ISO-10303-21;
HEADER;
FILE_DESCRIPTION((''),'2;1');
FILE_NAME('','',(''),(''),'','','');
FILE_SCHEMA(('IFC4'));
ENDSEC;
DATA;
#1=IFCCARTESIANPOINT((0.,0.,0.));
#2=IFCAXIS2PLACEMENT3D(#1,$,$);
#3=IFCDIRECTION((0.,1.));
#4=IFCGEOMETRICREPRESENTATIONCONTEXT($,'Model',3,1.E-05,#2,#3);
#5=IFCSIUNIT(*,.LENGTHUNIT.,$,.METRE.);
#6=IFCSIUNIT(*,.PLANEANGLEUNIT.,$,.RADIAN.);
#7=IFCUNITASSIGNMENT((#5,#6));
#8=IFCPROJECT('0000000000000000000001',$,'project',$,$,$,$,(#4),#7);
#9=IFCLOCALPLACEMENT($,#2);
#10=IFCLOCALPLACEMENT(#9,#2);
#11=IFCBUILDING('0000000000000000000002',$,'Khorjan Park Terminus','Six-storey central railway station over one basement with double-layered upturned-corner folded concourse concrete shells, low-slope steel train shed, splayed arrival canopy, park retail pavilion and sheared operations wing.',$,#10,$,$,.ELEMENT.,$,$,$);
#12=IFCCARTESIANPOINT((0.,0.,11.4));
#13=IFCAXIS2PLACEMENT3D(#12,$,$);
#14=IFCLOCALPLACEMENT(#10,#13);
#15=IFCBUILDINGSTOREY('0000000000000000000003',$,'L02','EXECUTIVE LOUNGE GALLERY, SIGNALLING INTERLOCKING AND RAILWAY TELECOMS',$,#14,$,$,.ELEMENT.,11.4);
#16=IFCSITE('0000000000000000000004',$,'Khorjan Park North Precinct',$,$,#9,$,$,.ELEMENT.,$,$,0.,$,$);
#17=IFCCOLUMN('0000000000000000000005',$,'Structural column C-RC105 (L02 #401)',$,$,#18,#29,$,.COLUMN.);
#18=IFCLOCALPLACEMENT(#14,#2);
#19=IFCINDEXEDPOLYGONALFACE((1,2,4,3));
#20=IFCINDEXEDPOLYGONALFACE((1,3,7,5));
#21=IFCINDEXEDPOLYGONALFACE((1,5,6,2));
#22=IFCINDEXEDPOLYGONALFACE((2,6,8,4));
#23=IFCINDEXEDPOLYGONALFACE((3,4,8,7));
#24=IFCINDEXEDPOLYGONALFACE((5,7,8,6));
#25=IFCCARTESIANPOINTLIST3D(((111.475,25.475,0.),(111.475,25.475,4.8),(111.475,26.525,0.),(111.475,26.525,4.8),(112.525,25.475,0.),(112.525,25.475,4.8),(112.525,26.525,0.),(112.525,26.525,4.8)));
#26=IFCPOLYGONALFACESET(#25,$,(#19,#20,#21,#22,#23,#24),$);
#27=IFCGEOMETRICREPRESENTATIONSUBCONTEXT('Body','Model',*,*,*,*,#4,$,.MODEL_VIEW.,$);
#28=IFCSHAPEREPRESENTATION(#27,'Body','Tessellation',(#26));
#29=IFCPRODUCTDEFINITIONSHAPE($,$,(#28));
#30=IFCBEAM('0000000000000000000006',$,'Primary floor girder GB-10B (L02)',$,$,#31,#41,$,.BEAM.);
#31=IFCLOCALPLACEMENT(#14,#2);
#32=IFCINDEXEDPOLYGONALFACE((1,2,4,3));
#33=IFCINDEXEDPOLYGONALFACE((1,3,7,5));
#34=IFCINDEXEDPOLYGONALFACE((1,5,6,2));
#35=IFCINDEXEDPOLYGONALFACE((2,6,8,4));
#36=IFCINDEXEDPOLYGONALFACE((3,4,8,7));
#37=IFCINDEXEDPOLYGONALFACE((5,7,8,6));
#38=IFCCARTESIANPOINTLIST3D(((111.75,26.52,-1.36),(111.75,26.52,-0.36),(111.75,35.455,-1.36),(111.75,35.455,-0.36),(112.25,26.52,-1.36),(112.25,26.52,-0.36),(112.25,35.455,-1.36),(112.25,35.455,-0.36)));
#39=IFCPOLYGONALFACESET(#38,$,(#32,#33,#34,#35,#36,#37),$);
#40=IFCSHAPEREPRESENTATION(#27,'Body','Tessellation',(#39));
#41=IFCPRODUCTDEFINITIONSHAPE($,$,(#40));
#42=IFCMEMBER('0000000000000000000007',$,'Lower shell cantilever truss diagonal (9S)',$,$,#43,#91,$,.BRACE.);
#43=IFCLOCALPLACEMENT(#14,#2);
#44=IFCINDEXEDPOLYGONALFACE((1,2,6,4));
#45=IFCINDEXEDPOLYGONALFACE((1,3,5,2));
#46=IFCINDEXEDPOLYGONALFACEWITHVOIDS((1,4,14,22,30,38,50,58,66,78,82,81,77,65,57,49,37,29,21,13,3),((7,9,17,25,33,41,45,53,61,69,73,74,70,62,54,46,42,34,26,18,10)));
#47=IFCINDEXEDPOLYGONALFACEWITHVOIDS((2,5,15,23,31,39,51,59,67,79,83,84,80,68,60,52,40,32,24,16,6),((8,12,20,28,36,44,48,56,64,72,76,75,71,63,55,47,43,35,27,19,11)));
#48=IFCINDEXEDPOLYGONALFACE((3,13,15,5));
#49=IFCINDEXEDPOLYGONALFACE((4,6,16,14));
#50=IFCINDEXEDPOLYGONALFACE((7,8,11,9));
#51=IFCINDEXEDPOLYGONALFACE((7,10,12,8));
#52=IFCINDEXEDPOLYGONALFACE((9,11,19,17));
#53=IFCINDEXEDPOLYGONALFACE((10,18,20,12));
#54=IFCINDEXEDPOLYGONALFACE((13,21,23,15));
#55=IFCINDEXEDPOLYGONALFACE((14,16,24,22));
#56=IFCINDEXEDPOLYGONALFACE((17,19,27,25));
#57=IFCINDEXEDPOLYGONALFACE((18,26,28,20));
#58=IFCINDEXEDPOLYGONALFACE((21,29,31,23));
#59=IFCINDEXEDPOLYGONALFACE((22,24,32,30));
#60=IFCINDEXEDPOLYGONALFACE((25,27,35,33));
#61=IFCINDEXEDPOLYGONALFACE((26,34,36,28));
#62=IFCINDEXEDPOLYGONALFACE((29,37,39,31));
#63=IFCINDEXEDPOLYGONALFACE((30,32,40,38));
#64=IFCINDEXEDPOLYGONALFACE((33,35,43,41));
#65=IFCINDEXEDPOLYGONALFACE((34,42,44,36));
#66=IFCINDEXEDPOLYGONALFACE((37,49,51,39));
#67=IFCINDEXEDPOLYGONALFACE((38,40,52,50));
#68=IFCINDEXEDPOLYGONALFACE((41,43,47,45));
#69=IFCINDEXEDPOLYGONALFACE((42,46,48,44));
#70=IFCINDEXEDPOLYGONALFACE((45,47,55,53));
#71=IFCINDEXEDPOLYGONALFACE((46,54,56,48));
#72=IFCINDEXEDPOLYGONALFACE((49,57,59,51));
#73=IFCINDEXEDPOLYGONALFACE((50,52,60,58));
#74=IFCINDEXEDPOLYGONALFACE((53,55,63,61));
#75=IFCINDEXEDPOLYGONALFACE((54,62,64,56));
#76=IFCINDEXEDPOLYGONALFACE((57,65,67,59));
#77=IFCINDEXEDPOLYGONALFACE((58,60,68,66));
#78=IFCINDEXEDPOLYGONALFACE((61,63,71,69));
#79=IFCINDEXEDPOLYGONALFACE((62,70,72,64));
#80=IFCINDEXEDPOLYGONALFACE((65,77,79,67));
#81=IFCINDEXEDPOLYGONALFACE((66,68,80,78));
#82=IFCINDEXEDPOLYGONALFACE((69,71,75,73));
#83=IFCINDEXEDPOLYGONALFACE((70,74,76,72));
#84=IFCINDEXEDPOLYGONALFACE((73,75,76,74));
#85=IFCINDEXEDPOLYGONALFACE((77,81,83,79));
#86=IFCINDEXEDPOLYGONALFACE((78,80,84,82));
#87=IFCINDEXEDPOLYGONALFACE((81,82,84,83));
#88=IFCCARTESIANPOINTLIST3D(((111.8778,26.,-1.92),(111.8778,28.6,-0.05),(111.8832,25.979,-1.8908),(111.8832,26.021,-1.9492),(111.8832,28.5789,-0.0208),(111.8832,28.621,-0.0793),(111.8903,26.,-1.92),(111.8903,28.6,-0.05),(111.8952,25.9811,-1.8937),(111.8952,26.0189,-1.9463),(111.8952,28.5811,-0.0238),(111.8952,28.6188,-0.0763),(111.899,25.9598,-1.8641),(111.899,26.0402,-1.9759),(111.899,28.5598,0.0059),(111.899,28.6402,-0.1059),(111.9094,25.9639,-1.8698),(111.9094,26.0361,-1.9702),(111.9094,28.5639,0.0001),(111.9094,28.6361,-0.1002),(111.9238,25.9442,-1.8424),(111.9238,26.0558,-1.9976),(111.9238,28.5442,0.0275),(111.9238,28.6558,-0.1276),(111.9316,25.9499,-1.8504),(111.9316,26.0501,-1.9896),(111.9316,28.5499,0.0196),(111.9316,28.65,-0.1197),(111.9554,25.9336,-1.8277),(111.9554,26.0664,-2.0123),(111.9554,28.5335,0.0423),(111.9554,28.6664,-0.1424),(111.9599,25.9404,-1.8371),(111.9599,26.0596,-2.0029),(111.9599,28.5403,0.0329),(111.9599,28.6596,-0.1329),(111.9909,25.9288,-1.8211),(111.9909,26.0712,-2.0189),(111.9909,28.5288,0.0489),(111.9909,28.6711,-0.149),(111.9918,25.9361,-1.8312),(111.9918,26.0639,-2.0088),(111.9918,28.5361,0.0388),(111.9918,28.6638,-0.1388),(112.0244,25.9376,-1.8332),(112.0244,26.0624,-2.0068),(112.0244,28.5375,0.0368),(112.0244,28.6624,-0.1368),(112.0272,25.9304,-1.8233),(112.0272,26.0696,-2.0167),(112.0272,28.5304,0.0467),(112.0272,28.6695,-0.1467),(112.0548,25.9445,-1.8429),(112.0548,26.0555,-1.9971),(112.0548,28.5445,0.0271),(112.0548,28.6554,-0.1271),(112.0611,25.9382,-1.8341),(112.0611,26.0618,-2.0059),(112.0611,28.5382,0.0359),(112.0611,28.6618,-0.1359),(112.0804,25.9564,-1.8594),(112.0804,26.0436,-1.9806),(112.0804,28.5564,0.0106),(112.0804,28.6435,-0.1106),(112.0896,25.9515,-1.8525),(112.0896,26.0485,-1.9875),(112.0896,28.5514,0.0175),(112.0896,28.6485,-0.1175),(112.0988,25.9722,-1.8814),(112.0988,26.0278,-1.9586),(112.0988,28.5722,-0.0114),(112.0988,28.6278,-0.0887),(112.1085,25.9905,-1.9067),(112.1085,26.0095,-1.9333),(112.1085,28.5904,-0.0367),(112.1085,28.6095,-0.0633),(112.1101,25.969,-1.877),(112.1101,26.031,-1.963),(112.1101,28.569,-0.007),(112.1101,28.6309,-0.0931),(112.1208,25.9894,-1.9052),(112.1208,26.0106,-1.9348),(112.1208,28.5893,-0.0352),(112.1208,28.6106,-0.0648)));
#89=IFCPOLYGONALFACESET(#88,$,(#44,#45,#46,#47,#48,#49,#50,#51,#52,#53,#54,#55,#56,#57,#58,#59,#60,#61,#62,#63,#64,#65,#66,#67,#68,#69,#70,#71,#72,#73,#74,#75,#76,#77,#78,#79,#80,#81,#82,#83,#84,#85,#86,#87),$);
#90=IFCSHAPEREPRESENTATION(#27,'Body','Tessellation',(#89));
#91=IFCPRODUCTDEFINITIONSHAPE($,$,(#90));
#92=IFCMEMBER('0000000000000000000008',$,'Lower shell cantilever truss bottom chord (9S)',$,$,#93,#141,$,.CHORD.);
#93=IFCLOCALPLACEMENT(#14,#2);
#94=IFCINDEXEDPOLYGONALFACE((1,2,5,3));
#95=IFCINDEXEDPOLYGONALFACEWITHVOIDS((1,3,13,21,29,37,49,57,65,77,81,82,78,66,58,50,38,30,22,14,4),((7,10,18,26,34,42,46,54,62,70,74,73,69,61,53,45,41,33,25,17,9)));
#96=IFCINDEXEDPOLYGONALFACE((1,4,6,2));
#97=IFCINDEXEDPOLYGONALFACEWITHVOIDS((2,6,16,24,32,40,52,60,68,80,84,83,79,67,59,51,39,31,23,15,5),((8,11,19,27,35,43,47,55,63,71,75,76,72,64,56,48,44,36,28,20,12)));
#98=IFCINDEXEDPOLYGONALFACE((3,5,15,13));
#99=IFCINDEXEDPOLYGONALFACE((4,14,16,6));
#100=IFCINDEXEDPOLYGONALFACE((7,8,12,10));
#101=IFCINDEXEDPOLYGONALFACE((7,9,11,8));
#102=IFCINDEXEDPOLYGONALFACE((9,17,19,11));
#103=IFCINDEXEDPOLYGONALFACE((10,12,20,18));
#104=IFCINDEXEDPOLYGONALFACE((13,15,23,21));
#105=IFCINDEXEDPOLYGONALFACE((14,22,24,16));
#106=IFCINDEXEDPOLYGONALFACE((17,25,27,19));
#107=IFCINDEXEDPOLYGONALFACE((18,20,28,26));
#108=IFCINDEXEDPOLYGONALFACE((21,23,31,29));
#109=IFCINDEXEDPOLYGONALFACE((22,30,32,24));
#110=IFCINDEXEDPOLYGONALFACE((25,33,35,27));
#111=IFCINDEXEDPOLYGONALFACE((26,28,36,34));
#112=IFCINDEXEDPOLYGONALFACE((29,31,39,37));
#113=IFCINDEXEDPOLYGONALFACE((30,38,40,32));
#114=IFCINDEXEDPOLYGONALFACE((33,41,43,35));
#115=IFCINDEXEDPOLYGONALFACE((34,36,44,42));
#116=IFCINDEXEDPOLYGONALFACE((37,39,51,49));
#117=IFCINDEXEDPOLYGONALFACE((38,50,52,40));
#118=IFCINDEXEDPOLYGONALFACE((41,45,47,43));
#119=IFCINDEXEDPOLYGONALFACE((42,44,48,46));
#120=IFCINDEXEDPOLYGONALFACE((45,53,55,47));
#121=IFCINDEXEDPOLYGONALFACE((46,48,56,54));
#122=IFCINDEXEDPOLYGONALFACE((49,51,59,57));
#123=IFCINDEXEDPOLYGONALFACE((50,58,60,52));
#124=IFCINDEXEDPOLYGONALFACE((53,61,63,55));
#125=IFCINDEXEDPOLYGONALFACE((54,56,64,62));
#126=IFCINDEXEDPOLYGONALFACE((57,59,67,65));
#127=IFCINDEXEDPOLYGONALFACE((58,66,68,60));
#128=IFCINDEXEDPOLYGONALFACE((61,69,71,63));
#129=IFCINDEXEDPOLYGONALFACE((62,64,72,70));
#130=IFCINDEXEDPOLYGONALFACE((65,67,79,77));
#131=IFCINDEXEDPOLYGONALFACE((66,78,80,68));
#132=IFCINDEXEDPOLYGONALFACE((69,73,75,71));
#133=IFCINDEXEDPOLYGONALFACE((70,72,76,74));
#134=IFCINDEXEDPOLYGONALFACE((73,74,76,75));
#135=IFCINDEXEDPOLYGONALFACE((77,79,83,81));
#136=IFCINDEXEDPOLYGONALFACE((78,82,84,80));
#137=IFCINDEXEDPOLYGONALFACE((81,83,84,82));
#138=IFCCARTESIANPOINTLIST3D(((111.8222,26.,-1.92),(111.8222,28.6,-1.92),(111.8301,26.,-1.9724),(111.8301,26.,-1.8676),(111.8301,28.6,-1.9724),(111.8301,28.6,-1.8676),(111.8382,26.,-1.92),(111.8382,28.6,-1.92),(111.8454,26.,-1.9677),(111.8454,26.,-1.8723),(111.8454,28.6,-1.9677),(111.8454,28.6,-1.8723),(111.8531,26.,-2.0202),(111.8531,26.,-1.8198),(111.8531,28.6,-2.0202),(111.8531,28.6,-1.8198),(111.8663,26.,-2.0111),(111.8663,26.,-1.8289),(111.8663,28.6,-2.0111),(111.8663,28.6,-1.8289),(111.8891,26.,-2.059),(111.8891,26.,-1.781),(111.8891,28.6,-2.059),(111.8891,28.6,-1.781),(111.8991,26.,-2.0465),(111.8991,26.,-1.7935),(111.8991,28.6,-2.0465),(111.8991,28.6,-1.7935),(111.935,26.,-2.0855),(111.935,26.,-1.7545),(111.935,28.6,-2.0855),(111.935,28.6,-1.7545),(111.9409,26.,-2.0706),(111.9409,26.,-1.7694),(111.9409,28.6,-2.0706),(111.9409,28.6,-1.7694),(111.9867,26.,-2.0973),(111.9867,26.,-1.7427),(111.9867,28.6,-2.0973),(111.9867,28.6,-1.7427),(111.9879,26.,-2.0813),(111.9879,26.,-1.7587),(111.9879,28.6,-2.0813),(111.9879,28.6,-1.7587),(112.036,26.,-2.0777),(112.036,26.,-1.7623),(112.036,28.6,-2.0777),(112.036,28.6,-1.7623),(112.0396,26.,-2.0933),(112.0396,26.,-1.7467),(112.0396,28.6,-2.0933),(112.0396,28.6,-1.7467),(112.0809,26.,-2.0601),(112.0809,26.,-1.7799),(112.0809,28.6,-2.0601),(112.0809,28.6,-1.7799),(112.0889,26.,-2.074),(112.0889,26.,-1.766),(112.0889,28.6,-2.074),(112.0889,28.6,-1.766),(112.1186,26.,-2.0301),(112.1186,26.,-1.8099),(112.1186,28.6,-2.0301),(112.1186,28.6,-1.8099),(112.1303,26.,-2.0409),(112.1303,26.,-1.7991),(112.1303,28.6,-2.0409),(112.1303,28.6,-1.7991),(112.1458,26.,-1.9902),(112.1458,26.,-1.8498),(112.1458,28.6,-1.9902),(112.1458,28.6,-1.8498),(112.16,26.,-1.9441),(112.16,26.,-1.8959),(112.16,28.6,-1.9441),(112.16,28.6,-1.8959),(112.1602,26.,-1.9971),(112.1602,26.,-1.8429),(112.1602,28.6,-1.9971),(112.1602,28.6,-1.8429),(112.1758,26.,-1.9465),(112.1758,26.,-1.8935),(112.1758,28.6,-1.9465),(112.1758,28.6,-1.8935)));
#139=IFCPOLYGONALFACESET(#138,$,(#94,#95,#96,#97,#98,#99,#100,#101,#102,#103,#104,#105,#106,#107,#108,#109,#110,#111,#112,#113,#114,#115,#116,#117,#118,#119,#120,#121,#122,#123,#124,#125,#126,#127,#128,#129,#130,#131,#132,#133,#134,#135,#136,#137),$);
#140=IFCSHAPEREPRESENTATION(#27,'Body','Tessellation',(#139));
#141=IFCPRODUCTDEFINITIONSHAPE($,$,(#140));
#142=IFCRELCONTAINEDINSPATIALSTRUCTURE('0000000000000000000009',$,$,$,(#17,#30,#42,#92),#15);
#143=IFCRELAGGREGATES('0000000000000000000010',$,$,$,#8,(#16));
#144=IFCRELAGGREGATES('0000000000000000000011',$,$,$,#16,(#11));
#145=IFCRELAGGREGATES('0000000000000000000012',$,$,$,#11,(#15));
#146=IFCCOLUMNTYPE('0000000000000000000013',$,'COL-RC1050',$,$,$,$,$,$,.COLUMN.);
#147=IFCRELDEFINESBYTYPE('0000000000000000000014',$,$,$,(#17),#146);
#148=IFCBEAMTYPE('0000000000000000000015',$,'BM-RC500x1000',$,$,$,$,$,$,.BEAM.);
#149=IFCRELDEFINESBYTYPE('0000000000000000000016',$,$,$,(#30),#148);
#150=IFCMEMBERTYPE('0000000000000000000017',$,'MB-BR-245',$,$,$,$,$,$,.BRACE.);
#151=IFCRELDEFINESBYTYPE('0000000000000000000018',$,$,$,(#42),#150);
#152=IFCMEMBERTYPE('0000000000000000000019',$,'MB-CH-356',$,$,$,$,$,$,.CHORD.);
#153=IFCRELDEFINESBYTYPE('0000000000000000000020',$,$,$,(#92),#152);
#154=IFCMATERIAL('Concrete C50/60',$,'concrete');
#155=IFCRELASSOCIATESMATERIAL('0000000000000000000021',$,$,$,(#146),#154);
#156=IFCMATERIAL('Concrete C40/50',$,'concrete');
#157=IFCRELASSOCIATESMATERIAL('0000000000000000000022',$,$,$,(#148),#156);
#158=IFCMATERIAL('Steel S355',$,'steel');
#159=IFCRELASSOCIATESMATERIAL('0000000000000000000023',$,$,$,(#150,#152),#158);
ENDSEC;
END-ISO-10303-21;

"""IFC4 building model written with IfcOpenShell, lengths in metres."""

from ifc_helpers import new_model, si_unit, direction, frame, origin, origin_2d, place, context, subcontext, project, spatial, rectangle, hollow_circle, extrude, material, material_profile, profile_set, type_object, element, save


model = new_model("IFC4")

# Units and contexts
model_context = context("Model", 3, precision=1e-05, world=origin(), true_north=direction((0.0, 1.0)))
body_context = subcontext(model_context, "Body", "Model", "MODEL_VIEW")
ifc_project = project(units=[si_unit("LENGTHUNIT", "METRE"), si_unit("PLANEANGLEUNIT", "RADIAN")], contexts=[model_context])

# Site, building, storey
site_placement = place(None, origin())
site = spatial("IfcSite", under=ifc_project, at=site_placement, Name="Khorjan Park North Precinct", CompositionType="ELEMENT", RefElevation=0.0)
building_placement = place(site_placement, origin())
building = spatial("IfcBuilding", under=site, at=building_placement, Name="Khorjan Park Terminus", Description="Six-storey central railway station over one basement with double-layered upturned-corner folded concourse concrete shells, low-slope steel train shed, splayed arrival canopy, park retail pavilion and sheared operations wing.", CompositionType="ELEMENT")
storey_placement = place(building_placement, frame((0.0, 0.0, 11.4)))
storey = spatial("IfcBuildingStorey", under=building, at=storey_placement, Name="L02", Description="EXECUTIVE LOUNGE GALLERY, SIGNALLING INTERLOCKING AND RAILWAY TELECOMS", CompositionType="ELEMENT", Elevation=11.4)

# Column
ifc_material_1 = material(Name="Concrete C50/60", Category="concrete")
ifc_material_profile_1 = material_profile(ifc_material_1, rectangle(XDim=1.05, YDim=1.05, at=origin_2d()), Name="RC 1050x1050")
ifc_profile_set_1 = profile_set([ifc_material_profile_1], Name="Concrete C50/60")
column_type = type_object("IfcColumnType", Name="COL-RC1050", PredefinedType="COLUMN", material=ifc_profile_set_1)
column_placement = place(storey_placement, frame((112.0, 26.0, 0.0), z_axis=(0.0, 0.0, 1.0), x_axis=(1.0, 0.0, 0.0)))
element("IfcColumn", 1, at=column_placement, inside=storey, type_object=column_type, Name="Structural column C-RC105 (L02 #401)", PredefinedType="COLUMN", context=body_context, shape_type="SweptSolid", body=[
    extrude(rectangle(XDim=1.05, YDim=1.05, at=origin_2d()), origin(), (0.0, 0.0, 1.0), 4.8),
])

# Beam
ifc_material_2 = material(Name="Concrete C40/50", Category="concrete")
ifc_material_profile_2 = material_profile(ifc_material_2, rectangle(XDim=0.5, YDim=1.0, at=origin_2d()), Name="RC 500x1000")
ifc_profile_set_2 = profile_set([ifc_material_profile_2], Name="Concrete C40/50")
beam_type_1 = type_object("IfcBeamType", Name="BM-RC500x1000", PredefinedType="BEAM", material=ifc_profile_set_2)
beam_1_placement = place(storey_placement, frame((112.0, 26.52, -0.86), z_axis=(0.0, 1.0, 0.0), x_axis=(-1.0, 0.0, 0.0)))
element("IfcBeam", 2, at=beam_1_placement, inside=storey, type_object=beam_type_1, Name="Primary floor girder GB-10B (L02)", PredefinedType="BEAM", context=body_context, shape_type="SweptSolid", body=[
    extrude(rectangle(XDim=0.5, YDim=1.0, at=origin_2d()), origin(), (0.0, 0.0, 1.0), 8.935),
])

# Members
ifc_material_3 = material(Name="Steel S355", Category="steel")
ifc_material_profile_3 = material_profile(ifc_material_3, hollow_circle(Radius=0.1222, WallThickness=0.0125, at=origin_2d()), Name="CHS 244.5x12.5")
ifc_profile_set_3 = profile_set([ifc_material_profile_3], Name="Steel S355")
member_type_1 = type_object("IfcMemberType", Name="MB-BR-245", PredefinedType="BRACE", material=ifc_profile_set_3)
member_1_placement = place(storey_placement, frame((112.0, 26.0, -1.92), z_axis=(0.0, 0.81183, 0.583893), x_axis=(-1.0, 0.0, 0.0)))
element("IfcMember", 3, at=member_1_placement, inside=storey, type_object=member_type_1, Name="Lower shell cantilever truss diagonal (9S)", PredefinedType="BRACE", context=body_context, shape_type="SweptSolid", body=[
    extrude(hollow_circle(Radius=0.1222, WallThickness=0.0125, at=origin_2d()), origin(), (0.0, 0.0, 1.0), 3.2026),
])
ifc_material_profile_4 = material_profile(ifc_material_3, hollow_circle(Radius=0.1778, WallThickness=0.016, at=origin_2d()), Name="CHS 355.6x16")
ifc_profile_set_4 = profile_set([ifc_material_profile_4], Name="Steel S355")
member_type_2 = type_object("IfcMemberType", Name="MB-CH-356", PredefinedType="CHORD", material=ifc_profile_set_4)
member_2_placement = place(storey_placement, frame((112.0, 26.0, -1.92), z_axis=(0.0, 1.0, 0.0), x_axis=(-1.0, 0.0, 0.0)))
element("IfcMember", 4, at=member_2_placement, inside=storey, type_object=member_type_2, Name="Lower shell cantilever truss bottom chord (9S)", PredefinedType="CHORD", context=body_context, shape_type="SweptSolid", body=[
    extrude(hollow_circle(Radius=0.1778, WallThickness=0.016, at=origin_2d()), origin(), (0.0, 0.0, 1.0), 2.6),
])

save(model, "model.ifc")
